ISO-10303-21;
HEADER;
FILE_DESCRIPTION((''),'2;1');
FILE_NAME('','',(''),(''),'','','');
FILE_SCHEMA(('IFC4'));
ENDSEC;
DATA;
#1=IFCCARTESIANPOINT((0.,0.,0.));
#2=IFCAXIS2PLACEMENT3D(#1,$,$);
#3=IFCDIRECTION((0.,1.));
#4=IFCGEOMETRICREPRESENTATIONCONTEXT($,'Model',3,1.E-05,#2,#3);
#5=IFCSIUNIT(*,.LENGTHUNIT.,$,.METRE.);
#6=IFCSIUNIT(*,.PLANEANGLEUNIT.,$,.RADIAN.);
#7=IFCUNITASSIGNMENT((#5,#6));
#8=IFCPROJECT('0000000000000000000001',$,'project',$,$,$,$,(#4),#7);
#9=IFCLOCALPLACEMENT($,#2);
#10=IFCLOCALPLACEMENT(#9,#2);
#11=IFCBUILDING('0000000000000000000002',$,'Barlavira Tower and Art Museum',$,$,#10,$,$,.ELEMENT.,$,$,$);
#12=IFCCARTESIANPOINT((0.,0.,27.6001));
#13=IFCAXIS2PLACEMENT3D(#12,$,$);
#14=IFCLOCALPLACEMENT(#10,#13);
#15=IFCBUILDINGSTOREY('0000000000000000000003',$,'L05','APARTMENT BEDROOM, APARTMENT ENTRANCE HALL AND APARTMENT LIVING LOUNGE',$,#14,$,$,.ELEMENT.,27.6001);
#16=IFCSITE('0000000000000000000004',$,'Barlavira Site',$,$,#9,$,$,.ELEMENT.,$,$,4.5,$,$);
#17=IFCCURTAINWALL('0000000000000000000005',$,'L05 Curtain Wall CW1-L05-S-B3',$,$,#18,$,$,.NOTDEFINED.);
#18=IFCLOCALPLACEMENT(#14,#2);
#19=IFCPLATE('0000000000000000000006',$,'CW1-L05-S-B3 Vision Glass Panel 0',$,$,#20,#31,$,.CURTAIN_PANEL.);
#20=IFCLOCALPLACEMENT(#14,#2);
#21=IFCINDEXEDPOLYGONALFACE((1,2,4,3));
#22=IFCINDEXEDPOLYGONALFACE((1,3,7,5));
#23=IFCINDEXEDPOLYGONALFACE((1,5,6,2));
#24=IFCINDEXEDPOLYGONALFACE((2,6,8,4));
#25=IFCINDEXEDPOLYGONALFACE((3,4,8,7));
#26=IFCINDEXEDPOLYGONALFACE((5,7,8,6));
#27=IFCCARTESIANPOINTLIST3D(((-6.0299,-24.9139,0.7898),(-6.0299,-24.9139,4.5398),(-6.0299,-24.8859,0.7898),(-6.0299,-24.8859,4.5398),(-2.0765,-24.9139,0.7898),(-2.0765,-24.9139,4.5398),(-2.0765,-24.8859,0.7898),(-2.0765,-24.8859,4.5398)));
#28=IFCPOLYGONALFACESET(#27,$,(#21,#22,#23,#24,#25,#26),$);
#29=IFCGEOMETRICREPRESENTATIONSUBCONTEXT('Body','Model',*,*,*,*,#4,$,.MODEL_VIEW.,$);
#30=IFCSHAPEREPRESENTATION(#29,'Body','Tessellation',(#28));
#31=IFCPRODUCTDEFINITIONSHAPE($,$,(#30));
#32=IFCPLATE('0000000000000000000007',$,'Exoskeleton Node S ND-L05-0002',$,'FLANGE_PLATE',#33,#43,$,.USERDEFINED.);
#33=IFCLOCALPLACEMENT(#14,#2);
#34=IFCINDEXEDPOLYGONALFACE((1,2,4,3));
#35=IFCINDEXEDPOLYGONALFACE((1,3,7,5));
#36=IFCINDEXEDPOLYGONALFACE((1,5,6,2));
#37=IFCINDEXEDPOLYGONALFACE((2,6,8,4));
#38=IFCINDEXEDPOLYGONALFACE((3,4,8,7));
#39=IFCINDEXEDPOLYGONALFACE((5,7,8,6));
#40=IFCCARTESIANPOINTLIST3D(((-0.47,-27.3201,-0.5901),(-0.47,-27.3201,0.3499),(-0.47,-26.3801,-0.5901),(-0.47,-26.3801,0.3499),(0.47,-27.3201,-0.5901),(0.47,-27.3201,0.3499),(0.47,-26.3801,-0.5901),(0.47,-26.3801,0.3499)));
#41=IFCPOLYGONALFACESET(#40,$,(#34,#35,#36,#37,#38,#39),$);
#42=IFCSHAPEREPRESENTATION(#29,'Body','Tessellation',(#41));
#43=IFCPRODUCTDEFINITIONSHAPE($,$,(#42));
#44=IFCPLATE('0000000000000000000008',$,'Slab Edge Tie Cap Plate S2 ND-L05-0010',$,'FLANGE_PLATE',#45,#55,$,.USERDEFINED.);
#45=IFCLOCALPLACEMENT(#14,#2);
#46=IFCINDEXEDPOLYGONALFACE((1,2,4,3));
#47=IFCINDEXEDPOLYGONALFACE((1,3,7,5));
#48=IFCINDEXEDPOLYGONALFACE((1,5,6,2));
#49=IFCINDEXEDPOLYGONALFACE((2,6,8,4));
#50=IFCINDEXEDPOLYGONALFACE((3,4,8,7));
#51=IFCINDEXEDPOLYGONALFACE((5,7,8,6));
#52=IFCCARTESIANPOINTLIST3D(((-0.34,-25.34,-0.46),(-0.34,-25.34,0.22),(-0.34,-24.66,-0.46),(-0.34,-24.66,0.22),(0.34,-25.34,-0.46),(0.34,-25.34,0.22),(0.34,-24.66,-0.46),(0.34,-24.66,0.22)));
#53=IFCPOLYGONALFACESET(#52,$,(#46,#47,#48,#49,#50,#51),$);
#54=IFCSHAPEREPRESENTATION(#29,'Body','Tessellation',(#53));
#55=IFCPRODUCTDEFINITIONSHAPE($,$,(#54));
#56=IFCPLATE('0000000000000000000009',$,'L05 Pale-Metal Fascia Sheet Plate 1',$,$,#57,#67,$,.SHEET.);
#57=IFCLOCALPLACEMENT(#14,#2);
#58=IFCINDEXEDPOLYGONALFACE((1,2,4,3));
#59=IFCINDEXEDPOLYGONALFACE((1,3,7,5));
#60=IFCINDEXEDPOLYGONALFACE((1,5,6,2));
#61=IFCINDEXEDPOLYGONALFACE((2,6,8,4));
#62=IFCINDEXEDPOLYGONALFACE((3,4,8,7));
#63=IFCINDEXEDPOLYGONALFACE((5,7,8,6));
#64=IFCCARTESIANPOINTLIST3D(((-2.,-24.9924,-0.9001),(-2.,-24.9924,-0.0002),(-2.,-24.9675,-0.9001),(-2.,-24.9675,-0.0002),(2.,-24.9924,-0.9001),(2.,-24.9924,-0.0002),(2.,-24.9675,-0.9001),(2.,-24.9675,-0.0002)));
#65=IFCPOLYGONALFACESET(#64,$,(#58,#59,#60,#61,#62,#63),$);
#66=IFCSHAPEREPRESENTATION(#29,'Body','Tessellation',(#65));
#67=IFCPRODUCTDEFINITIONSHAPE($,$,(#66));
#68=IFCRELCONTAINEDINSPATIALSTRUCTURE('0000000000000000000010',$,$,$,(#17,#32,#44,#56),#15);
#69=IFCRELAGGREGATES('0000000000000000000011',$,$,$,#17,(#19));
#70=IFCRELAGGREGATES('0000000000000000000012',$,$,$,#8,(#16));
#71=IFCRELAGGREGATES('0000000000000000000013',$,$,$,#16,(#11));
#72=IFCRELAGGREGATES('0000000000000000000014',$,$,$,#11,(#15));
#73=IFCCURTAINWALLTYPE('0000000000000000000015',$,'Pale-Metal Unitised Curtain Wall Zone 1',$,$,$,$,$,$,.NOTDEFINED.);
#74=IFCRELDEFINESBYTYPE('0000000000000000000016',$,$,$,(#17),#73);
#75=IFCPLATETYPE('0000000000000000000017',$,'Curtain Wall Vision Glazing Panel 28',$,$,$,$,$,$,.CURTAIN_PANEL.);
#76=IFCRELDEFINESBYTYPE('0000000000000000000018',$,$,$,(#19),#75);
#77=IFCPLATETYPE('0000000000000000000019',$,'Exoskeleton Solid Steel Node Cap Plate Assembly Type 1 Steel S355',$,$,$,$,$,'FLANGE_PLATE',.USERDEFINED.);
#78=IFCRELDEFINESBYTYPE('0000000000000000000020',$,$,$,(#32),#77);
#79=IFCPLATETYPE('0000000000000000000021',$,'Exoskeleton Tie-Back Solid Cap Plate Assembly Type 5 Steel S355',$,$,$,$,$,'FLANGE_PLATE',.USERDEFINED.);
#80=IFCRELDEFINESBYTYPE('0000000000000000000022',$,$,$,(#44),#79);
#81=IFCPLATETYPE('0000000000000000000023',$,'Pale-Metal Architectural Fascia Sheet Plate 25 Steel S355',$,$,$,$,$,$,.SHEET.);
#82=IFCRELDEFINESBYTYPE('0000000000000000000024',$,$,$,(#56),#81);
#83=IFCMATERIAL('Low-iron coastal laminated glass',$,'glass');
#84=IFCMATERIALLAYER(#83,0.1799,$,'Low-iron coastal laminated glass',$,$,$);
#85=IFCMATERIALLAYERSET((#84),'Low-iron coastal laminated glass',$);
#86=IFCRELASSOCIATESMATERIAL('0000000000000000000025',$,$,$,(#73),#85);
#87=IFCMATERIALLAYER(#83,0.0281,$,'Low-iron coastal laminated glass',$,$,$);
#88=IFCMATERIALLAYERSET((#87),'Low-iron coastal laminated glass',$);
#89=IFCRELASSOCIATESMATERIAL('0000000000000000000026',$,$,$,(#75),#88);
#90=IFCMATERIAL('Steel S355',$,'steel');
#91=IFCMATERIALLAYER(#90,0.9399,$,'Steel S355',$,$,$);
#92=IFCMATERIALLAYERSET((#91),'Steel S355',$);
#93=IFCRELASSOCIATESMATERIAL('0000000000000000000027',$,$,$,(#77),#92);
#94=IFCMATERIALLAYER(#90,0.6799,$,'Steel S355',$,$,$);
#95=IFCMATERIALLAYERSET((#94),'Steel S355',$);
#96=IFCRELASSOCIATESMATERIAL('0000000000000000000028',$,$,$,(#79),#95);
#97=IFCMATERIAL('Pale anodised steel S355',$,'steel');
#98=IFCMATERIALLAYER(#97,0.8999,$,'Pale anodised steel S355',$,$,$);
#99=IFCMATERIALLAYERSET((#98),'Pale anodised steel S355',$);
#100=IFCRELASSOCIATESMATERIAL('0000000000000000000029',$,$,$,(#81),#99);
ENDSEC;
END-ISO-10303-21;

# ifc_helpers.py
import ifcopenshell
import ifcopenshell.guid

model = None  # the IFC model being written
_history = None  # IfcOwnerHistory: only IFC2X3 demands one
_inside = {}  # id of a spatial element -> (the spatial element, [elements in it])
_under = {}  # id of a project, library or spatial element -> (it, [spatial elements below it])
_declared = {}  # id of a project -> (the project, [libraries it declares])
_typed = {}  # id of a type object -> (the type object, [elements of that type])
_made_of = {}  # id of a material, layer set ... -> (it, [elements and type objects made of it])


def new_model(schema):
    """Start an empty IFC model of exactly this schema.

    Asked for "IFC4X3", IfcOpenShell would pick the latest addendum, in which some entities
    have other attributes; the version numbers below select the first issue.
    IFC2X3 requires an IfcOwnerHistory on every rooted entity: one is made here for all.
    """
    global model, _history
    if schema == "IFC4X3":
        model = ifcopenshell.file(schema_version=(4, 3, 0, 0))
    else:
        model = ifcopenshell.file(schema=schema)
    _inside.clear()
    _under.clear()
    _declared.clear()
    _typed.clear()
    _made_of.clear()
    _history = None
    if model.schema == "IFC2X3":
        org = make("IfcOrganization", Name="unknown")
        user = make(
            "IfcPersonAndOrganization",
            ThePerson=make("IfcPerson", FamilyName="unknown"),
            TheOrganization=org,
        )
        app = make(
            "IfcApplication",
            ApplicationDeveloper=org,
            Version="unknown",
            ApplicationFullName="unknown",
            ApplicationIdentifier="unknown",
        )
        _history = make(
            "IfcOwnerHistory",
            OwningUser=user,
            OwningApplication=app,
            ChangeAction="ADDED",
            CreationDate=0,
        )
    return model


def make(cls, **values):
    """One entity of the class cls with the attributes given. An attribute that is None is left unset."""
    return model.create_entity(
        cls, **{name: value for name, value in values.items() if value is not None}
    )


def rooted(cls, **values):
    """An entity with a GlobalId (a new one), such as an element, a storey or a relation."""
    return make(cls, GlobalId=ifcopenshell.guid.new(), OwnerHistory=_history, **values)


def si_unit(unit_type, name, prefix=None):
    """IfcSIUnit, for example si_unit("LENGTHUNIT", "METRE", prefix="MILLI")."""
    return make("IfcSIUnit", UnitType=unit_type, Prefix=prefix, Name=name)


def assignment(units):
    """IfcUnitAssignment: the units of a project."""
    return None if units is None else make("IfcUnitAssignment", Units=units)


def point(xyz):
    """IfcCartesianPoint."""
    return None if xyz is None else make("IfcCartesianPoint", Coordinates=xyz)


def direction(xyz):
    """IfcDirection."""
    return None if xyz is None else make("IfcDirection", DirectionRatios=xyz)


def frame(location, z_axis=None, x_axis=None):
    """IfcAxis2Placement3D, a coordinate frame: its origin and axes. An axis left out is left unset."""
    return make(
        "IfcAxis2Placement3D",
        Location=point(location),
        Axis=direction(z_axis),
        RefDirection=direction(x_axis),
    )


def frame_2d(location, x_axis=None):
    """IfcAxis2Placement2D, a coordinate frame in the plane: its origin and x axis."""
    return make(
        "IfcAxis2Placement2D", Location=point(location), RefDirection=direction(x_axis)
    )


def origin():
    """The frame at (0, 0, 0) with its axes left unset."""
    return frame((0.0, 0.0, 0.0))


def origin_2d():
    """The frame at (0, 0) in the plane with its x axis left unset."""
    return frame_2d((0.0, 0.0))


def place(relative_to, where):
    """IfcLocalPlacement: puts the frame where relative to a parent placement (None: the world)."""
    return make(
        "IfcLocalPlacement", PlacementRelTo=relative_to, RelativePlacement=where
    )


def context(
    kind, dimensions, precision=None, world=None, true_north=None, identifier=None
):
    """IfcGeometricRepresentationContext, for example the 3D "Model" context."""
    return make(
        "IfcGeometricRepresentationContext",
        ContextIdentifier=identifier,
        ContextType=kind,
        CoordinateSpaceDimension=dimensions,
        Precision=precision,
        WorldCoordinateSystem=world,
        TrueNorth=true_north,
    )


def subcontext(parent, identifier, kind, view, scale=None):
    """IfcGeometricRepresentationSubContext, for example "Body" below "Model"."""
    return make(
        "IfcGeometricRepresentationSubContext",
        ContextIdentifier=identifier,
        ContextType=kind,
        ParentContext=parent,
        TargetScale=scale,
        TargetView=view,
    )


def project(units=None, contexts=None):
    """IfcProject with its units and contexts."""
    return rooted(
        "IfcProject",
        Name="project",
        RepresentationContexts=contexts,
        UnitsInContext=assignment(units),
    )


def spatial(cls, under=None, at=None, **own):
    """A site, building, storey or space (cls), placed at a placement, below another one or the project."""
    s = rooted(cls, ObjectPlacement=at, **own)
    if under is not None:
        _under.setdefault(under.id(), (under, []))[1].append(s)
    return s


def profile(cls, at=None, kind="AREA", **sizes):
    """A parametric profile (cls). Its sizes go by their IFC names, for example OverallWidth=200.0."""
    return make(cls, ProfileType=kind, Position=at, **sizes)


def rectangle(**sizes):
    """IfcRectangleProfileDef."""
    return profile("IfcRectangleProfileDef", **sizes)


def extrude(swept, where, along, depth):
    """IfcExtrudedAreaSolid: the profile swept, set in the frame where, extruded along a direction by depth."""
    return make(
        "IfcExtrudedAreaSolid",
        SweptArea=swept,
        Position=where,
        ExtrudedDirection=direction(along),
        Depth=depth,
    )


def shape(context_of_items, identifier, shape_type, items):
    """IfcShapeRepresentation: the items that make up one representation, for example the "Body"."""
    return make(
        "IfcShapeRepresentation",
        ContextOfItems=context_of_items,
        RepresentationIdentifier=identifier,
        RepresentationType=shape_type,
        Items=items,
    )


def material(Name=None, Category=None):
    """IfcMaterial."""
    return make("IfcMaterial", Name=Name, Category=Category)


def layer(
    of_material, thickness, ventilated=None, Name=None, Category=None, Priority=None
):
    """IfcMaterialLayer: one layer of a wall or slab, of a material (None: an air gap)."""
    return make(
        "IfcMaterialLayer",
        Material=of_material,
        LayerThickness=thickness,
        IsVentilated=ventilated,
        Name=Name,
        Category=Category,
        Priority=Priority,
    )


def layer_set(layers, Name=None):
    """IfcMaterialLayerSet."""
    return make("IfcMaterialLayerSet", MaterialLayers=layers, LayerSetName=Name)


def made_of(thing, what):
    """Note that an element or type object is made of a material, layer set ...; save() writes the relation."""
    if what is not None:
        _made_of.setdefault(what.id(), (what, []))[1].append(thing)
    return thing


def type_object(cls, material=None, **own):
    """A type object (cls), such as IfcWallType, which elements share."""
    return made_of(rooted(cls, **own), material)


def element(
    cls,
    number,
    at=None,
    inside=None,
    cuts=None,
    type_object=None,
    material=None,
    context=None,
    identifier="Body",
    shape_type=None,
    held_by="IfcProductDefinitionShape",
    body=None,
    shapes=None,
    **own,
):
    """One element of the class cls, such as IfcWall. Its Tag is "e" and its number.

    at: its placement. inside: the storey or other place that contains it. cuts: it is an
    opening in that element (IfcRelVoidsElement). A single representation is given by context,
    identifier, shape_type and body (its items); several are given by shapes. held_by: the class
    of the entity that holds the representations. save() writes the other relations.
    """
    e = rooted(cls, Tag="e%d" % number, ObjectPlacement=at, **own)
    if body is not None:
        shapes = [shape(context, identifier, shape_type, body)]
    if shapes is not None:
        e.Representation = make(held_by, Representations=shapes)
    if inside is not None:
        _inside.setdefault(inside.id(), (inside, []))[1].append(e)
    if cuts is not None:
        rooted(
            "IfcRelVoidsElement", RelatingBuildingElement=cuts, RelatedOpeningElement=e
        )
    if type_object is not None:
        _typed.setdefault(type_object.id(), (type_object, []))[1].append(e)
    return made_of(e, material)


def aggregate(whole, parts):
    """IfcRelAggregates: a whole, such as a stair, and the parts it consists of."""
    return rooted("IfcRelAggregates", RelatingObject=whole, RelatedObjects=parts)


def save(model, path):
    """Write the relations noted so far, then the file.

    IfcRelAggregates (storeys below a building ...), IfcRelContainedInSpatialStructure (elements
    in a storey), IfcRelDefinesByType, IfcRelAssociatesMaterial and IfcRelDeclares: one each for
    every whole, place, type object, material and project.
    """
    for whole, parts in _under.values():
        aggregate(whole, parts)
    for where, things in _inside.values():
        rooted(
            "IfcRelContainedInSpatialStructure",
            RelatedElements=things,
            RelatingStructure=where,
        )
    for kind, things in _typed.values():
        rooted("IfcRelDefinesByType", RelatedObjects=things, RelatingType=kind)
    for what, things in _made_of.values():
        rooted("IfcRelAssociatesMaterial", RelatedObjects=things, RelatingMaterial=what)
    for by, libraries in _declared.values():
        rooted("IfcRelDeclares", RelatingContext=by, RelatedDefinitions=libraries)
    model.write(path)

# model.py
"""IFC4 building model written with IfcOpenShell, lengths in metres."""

from ifc_helpers import new_model, si_unit, direction, frame, origin, origin_2d, place, context, subcontext, project, spatial, rectangle, extrude, material, layer, layer_set, type_object, element, aggregate, save


model = new_model("IFC4")

# Units and contexts
model_context = context("Model", 3, precision=1e-05, world=origin(), true_north=direction((0.0, 1.0)))
body_context = subcontext(model_context, "Body", "Model", "MODEL_VIEW")
ifc_project = project(units=[si_unit("LENGTHUNIT", "METRE"), si_unit("PLANEANGLEUNIT", "RADIAN")], contexts=[model_context])

# Site, building, storey
site_placement = place(None, origin())
site = spatial("IfcSite", under=ifc_project, at=site_placement, Name="Barlavira Site", CompositionType="ELEMENT", RefElevation=4.5)
building_placement = place(site_placement, origin())
building = spatial("IfcBuilding", under=site, at=building_placement, Name="Barlavira Tower and Art Museum", CompositionType="ELEMENT")
storey_placement = place(building_placement, frame((0.0, 0.0, 27.6001)))
storey = spatial("IfcBuildingStorey", under=building, at=storey_placement, Name="L05", Description="APARTMENT BEDROOM, APARTMENT ENTRANCE HALL AND APARTMENT LIVING LOUNGE", CompositionType="ELEMENT", Elevation=27.6001)

# Curtain wall
ifc_material_1 = material(Name="Low-iron coastal laminated glass", Category="glass")
ifc_layer_1 = layer(ifc_material_1, 0.1799, Name="Low-iron coastal laminated glass")
ifc_layer_set_1 = layer_set([ifc_layer_1], Name="Low-iron coastal laminated glass")
curtain_wall_type = type_object("IfcCurtainWallType", Name="Pale-Metal Unitised Curtain Wall Zone 1", PredefinedType="NOTDEFINED", material=ifc_layer_set_1)
curtain_wall_placement = place(storey_placement, origin())
curtain_wall = element("IfcCurtainWall", 1, at=curtain_wall_placement, inside=storey, type_object=curtain_wall_type, Name="L05 Curtain Wall CW1-L05-S-B3", PredefinedType="NOTDEFINED")

# Shared definitions
ifc_material_2 = material(Name="Steel S355", Category="steel")

# Plate
ifc_layer_2 = layer(ifc_material_1, 0.0281, Name="Low-iron coastal laminated glass")
ifc_layer_set_2 = layer_set([ifc_layer_2], Name="Low-iron coastal laminated glass")
plate_type_1 = type_object("IfcPlateType", Name="Curtain Wall Vision Glazing Panel 28", PredefinedType="CURTAIN_PANEL", material=ifc_layer_set_2)
plate_1_placement = place(storey_placement, frame((-4.0532, -24.8999, 0.7898), z_axis=(0.0, 0.0, 1.0), x_axis=(1.0, 0.0, 0.0)))
plate_1 = element("IfcPlate", 2, at=plate_1_placement, type_object=plate_type_1, Name="CW1-L05-S-B3 Vision Glass Panel 0", PredefinedType="CURTAIN_PANEL", context=body_context, shape_type="SweptSolid", body=[
    extrude(rectangle(XDim=3.9534, YDim=0.0281, at=origin_2d()), origin(), (0.0, 0.0, 1.0), 3.75),
])
aggregate(curtain_wall, [plate_1])

# Plates
ifc_layer_3 = layer(ifc_material_2, 0.9399, Name="Steel S355")
ifc_layer_set_3 = layer_set([ifc_layer_3], Name="Steel S355")
plate_type_2 = type_object("IfcPlateType", Name="Exoskeleton Solid Steel Node Cap Plate Assembly Type 1 Steel S355", ElementType="FLANGE_PLATE", PredefinedType="USERDEFINED", material=ifc_layer_set_3)
plate_2_placement = place(storey_placement, frame((0.0, -26.8501, -0.5901), z_axis=(0.0, 0.0, 1.0), x_axis=(1.0, 0.0, 0.0)))
element("IfcPlate", 3, at=plate_2_placement, inside=storey, type_object=plate_type_2, Name="Exoskeleton Node S ND-L05-0002", ObjectType="FLANGE_PLATE", PredefinedType="USERDEFINED", context=body_context, shape_type="SweptSolid", body=[
    extrude(rectangle(XDim=0.9399, YDim=0.9399, at=origin_2d()), origin(), (0.0, 0.0, 1.0), 0.9399),
])
ifc_layer_4 = layer(ifc_material_2, 0.6799, Name="Steel S355")
ifc_layer_set_4 = layer_set([ifc_layer_4], Name="Steel S355")
plate_type_3 = type_object("IfcPlateType", Name="Exoskeleton Tie-Back Solid Cap Plate Assembly Type 5 Steel S355", ElementType="FLANGE_PLATE", PredefinedType="USERDEFINED", material=ifc_layer_set_4)
plate_3_placement = place(storey_placement, frame((0.0, -25.0, -0.46), z_axis=(0.0, 0.0, 1.0), x_axis=(1.0, 0.0, 0.0)))
element("IfcPlate", 4, at=plate_3_placement, inside=storey, type_object=plate_type_3, Name="Slab Edge Tie Cap Plate S2 ND-L05-0010", ObjectType="FLANGE_PLATE", PredefinedType="USERDEFINED", context=body_context, shape_type="SweptSolid", body=[
    extrude(rectangle(XDim=0.6799, YDim=0.6799, at=origin_2d()), origin(), (0.0, 0.0, 1.0), 0.6799),
])
ifc_material_3 = material(Name="Pale anodised steel S355", Category="steel")
ifc_layer_5 = layer(ifc_material_3, 0.8999, Name="Pale anodised steel S355")
ifc_layer_set_5 = layer_set([ifc_layer_5], Name="Pale anodised steel S355")
plate_type_4 = type_object("IfcPlateType", Name="Pale-Metal Architectural Fascia Sheet Plate 25 Steel S355", PredefinedType="SHEET", material=ifc_layer_set_5)
plate_4_placement = place(storey_placement, frame((0.0, -24.98, -0.9001), z_axis=(0.0, 0.0, 1.0), x_axis=(1.0, 0.0, 0.0)))
element("IfcPlate", 5, at=plate_4_placement, inside=storey, type_object=plate_type_4, Name="L05 Pale-Metal Fascia Sheet Plate 1", PredefinedType="SHEET", context=body_context, shape_type="SweptSolid", body=[
    extrude(rectangle(XDim=4.0, YDim=0.0249, at=origin_2d()), origin(), (0.0, 0.0, 1.0), 0.8999),
])

save(model, "model.ifc")
